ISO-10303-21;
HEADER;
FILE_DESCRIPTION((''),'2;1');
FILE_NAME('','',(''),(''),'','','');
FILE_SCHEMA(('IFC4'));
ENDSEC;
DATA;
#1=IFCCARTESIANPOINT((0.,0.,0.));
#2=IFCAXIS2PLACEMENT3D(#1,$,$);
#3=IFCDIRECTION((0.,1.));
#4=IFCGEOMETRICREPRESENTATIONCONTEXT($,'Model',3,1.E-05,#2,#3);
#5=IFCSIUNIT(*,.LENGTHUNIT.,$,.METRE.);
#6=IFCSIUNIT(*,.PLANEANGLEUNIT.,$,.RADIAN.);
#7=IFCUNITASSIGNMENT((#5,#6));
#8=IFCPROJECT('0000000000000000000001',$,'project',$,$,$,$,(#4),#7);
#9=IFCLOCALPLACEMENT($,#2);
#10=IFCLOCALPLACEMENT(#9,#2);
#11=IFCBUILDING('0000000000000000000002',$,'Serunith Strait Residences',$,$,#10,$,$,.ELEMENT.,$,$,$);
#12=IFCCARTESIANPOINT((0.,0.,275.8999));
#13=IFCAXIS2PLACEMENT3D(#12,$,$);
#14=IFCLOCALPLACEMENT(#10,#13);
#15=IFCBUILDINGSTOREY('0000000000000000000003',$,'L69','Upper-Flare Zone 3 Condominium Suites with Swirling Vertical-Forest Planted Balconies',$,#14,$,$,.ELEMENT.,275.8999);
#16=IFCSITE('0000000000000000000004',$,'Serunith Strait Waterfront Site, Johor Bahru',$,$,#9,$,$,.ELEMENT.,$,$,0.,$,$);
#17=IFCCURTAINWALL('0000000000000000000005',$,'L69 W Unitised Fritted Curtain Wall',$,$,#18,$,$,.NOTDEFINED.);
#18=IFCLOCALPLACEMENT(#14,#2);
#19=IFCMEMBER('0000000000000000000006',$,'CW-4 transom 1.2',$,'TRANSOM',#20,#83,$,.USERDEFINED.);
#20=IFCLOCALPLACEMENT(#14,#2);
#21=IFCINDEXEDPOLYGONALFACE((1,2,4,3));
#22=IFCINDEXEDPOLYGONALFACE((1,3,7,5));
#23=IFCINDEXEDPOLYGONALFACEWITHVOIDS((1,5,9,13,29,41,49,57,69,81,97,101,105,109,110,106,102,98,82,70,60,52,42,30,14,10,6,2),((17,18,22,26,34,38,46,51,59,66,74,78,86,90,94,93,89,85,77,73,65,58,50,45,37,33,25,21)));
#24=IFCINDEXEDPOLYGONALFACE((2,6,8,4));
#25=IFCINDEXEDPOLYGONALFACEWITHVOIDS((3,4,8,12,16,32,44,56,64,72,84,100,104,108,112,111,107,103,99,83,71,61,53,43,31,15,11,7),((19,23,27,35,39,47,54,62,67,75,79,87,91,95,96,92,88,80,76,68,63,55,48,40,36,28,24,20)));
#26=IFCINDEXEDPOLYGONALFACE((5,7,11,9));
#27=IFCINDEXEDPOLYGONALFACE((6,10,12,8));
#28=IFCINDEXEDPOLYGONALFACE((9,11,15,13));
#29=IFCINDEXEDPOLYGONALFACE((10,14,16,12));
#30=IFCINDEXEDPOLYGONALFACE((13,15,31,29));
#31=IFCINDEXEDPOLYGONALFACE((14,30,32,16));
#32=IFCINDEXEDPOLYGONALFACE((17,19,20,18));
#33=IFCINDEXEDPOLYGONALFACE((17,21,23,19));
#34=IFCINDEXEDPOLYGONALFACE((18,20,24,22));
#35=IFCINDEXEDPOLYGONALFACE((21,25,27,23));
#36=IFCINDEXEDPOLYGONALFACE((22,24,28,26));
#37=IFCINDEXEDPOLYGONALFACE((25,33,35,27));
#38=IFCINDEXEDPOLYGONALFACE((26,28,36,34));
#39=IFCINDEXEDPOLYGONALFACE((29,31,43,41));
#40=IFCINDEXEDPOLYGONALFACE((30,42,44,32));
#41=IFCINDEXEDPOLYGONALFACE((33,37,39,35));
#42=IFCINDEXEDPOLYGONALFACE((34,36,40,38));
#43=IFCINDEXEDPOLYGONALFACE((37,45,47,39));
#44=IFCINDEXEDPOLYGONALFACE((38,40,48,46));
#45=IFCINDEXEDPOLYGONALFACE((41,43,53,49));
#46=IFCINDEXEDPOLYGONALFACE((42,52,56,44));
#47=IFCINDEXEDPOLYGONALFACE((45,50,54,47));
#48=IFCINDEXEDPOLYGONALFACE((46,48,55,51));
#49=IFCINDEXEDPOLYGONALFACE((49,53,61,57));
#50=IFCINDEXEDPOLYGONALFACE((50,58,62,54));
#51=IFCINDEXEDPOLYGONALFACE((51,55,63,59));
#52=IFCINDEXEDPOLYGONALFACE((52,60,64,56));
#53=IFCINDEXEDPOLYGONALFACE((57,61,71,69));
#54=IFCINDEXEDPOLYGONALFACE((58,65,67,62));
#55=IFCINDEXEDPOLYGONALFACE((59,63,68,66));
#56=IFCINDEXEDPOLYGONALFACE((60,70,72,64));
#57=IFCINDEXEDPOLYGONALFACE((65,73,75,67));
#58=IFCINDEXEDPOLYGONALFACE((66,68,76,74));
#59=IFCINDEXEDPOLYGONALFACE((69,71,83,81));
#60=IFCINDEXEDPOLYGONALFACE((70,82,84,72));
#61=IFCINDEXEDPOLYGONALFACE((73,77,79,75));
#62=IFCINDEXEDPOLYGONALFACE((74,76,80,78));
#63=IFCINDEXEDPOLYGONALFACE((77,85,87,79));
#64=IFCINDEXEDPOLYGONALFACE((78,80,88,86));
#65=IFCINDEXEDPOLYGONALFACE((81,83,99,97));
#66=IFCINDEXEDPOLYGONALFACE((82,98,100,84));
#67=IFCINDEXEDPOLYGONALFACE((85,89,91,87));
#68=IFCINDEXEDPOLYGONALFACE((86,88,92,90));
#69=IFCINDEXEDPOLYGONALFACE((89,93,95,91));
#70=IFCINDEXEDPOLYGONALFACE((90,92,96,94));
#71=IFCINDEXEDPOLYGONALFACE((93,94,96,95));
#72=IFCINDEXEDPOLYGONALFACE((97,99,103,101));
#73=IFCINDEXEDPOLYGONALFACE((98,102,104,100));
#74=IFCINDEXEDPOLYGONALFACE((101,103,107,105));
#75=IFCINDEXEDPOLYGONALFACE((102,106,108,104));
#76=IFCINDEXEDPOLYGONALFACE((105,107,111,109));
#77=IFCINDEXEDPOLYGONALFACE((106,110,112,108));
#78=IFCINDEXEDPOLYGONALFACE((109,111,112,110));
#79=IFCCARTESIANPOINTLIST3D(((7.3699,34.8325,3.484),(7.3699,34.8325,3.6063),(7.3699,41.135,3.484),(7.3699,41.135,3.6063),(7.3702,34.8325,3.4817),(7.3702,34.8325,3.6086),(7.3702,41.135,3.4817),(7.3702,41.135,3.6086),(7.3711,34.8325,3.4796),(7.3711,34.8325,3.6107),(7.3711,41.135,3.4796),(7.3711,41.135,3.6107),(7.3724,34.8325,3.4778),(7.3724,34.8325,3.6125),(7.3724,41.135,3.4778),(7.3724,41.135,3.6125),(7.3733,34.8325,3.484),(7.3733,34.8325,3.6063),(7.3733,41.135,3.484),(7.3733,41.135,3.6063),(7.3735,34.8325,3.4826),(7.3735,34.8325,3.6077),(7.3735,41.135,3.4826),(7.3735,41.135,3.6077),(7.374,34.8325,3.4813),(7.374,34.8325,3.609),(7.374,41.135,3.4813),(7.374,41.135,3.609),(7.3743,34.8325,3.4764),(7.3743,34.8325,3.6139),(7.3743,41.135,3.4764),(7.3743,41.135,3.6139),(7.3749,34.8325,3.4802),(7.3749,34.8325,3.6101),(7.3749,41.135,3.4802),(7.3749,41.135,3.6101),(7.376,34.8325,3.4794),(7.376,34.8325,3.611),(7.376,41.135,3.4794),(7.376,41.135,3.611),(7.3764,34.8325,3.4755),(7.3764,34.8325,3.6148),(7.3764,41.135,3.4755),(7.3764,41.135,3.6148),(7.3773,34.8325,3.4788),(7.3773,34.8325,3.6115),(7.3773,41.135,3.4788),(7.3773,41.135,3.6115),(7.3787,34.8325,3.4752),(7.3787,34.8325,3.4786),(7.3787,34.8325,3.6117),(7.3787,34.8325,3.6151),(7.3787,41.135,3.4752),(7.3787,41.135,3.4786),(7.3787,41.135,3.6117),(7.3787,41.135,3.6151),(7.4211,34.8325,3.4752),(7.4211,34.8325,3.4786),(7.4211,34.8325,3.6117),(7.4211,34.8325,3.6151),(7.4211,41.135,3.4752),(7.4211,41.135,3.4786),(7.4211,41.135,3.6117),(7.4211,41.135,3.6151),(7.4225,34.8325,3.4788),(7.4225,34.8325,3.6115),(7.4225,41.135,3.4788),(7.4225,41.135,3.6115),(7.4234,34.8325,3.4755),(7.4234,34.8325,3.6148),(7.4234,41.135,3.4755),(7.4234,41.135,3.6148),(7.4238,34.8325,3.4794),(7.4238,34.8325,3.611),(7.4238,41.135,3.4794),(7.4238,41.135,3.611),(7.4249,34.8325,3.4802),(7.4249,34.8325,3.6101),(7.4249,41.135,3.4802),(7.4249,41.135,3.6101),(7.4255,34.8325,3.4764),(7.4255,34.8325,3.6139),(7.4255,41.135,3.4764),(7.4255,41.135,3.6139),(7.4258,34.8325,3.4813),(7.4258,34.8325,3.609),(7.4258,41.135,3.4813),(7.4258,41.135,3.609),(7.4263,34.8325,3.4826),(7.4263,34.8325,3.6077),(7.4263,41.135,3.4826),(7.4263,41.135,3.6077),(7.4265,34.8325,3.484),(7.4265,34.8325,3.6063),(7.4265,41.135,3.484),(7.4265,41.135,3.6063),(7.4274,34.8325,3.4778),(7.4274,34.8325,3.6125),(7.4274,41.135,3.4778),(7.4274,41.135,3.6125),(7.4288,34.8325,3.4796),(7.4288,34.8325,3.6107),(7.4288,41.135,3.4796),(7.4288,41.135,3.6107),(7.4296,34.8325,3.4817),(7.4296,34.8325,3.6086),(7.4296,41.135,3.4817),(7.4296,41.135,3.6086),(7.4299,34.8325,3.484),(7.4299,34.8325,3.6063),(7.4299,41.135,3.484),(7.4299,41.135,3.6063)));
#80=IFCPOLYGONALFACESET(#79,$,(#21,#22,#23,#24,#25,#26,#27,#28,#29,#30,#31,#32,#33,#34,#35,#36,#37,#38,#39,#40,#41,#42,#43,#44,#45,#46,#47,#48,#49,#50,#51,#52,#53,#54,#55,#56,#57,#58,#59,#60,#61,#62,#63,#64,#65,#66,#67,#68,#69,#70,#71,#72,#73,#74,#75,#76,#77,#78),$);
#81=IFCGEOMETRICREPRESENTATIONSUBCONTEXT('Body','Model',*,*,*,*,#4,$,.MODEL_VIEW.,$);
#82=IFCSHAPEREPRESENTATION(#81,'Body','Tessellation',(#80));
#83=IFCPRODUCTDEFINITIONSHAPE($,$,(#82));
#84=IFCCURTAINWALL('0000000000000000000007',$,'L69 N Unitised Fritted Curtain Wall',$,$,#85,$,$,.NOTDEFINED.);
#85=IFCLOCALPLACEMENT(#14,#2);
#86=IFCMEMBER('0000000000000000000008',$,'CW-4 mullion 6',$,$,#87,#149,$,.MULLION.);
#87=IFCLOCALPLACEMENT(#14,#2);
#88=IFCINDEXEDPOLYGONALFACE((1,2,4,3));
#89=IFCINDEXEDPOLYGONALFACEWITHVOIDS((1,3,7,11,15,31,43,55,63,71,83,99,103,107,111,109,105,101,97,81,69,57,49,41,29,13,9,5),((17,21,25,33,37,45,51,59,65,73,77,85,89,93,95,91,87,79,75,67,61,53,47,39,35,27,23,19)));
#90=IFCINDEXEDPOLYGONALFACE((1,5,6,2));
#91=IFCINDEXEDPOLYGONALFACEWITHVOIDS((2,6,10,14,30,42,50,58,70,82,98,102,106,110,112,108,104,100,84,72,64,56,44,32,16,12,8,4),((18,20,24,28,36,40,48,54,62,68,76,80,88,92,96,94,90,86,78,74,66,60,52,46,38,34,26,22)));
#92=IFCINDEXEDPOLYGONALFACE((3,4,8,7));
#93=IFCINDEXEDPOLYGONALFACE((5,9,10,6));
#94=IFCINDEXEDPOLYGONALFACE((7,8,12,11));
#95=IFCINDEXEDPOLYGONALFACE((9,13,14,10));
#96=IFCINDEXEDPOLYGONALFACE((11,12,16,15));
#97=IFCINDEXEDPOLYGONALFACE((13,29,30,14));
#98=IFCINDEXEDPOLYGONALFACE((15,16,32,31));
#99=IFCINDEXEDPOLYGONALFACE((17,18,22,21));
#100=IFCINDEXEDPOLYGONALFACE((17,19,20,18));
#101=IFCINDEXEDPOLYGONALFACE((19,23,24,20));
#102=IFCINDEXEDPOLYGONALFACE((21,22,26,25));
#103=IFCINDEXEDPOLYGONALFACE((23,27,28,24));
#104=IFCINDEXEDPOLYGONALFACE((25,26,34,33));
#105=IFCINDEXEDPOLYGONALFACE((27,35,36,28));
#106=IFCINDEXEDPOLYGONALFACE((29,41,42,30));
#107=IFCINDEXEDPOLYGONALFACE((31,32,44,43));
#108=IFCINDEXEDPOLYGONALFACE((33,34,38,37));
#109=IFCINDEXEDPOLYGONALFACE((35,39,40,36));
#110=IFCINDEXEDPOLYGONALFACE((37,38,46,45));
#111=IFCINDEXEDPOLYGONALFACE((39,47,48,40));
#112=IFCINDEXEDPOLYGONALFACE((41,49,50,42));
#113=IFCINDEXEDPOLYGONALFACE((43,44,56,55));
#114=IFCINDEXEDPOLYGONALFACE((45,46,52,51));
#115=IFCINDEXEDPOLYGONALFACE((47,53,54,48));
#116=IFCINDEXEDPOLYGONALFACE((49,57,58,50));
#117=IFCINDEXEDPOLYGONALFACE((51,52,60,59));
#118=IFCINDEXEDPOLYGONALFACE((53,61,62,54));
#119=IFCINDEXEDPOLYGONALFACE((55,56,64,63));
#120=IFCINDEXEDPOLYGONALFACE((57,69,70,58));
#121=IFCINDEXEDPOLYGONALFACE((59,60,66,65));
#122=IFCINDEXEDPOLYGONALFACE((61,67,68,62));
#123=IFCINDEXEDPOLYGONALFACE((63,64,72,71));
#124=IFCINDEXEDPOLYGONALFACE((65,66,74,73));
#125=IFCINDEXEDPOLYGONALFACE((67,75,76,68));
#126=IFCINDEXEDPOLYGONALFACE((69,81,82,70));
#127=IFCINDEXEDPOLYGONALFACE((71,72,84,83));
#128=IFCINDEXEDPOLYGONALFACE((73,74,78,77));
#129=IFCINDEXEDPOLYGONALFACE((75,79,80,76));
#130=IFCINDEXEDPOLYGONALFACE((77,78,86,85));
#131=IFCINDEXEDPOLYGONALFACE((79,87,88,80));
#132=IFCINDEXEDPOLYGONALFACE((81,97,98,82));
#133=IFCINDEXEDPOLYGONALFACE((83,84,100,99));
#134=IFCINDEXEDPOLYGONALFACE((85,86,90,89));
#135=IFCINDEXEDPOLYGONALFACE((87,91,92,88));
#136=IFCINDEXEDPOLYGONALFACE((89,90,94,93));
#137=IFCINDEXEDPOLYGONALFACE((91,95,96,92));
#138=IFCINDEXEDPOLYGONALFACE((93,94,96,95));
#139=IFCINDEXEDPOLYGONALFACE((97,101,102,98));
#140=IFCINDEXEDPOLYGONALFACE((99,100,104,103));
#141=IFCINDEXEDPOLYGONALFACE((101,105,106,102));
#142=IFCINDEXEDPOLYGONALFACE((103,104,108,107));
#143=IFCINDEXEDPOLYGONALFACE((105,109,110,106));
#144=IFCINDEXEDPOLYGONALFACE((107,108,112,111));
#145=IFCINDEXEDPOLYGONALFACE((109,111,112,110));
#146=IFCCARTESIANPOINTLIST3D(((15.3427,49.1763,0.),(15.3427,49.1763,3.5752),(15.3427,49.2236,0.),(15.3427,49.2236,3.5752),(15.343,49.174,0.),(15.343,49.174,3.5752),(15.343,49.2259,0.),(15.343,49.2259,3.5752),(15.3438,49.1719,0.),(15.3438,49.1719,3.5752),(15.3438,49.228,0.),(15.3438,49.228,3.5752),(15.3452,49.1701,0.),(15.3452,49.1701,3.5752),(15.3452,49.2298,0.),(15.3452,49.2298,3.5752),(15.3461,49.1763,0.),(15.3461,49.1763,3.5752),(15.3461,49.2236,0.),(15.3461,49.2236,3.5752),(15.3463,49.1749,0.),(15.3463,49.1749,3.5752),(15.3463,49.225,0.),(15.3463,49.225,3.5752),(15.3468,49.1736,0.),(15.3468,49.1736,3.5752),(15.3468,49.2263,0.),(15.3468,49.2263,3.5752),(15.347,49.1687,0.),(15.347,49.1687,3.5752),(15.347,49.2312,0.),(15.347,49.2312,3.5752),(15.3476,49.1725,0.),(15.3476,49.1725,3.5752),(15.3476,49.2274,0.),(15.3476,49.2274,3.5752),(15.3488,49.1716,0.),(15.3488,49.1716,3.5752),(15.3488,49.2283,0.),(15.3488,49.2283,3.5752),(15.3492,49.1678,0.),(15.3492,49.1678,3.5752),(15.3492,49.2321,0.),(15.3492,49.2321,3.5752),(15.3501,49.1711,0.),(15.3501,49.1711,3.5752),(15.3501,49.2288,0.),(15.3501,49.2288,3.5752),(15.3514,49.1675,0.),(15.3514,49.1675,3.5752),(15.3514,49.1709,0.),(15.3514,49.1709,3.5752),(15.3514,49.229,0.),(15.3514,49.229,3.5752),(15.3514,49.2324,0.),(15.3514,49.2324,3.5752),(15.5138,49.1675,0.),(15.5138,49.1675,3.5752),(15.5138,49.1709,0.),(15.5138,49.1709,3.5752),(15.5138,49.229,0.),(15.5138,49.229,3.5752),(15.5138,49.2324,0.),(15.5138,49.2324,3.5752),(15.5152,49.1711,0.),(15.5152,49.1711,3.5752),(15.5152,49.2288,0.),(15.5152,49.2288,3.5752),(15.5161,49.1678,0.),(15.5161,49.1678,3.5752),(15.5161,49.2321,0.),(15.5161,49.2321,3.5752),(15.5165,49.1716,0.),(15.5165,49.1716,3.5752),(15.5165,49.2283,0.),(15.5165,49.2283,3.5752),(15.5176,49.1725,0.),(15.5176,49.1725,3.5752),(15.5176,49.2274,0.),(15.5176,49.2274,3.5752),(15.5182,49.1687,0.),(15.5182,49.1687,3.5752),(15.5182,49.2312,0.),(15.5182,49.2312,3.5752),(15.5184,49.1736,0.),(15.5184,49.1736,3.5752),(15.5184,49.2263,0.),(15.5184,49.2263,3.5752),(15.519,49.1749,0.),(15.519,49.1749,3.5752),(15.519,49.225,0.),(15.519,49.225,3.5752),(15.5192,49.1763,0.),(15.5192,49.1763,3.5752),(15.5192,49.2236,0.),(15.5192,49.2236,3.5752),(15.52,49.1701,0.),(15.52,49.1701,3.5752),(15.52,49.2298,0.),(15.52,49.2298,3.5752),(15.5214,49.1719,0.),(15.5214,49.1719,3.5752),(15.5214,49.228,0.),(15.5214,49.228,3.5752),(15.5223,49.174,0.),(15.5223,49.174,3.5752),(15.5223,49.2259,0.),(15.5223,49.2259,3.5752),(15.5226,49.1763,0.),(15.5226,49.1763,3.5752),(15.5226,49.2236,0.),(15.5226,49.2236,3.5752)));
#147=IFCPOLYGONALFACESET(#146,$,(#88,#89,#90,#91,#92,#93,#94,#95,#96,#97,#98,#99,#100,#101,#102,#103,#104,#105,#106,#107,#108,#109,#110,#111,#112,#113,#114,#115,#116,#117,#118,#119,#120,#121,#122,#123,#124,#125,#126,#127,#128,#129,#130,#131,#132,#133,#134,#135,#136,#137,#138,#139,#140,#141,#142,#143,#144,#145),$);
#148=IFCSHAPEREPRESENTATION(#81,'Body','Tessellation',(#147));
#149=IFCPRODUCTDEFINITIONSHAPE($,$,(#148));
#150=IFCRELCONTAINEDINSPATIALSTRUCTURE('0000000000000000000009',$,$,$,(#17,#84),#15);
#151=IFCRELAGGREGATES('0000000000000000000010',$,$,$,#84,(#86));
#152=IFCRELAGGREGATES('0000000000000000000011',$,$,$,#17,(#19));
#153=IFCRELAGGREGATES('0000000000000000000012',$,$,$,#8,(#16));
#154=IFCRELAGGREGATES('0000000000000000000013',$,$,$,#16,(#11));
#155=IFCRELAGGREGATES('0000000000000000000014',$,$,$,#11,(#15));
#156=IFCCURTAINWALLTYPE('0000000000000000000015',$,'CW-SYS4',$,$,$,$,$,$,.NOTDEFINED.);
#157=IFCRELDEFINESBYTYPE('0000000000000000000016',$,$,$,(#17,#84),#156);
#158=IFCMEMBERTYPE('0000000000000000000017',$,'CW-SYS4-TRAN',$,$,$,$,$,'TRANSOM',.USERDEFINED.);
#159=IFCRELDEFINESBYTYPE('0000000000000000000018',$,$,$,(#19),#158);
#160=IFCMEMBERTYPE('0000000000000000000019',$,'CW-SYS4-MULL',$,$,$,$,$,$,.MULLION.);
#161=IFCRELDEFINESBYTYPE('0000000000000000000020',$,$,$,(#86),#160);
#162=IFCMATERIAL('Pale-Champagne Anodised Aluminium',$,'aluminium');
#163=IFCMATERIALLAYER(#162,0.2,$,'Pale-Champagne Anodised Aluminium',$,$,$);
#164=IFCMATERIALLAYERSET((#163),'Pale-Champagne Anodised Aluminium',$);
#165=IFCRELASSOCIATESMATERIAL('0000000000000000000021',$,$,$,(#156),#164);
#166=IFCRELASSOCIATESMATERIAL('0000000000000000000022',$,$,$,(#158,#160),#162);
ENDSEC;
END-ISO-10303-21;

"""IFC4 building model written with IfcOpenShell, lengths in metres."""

from ifc_helpers import new_model, si_unit, direction, frame, origin, origin_2d, place, context, subcontext, project, spatial, hollow_rectangle, extrude, source, transform, mapped, material, layer, layer_set, material_profile, profile_set, type_object, element, aggregate, save


model = new_model("IFC4")

# Units and contexts
model_context = context("Model", 3, precision=1e-05, world=origin(), true_north=direction((0.0, 1.0)))
body_context = subcontext(model_context, "Body", "Model", "MODEL_VIEW")
ifc_project = project(units=[si_unit("LENGTHUNIT", "METRE"), si_unit("PLANEANGLEUNIT", "RADIAN")], contexts=[model_context])

# Site, building, storey
site_placement = place(None, origin())
site = spatial("IfcSite", under=ifc_project, at=site_placement, Name="Serunith Strait Waterfront Site, Johor Bahru", CompositionType="ELEMENT", RefElevation=0.0)
building_placement = place(site_placement, origin())
building = spatial("IfcBuilding", under=site, at=building_placement, Name="Serunith Strait Residences", CompositionType="ELEMENT")
storey_placement = place(building_placement, frame((0.0, 0.0, 275.8999)))
storey = spatial("IfcBuildingStorey", under=building, at=storey_placement, Name="L69", Description="Upper-Flare Zone 3 Condominium Suites with Swirling Vertical-Forest Planted Balconies", CompositionType="ELEMENT", Elevation=275.8999)

# Curtain wall, member
ifc_material_1 = material(Name="Pale-Champagne Anodised Aluminium", Category="aluminium")
ifc_layer_1 = layer(ifc_material_1, 0.2, Name="Pale-Champagne Anodised Aluminium")
ifc_layer_set_1 = layer_set([ifc_layer_1], Name="Pale-Champagne Anodised Aluminium")
curtain_wall_type = type_object("IfcCurtainWallType", Name="CW-SYS4", PredefinedType="NOTDEFINED", material=ifc_layer_set_1)
curtain_wall_1_placement = place(storey_placement, origin())
curtain_wall_1 = element("IfcCurtainWall", 1, at=curtain_wall_1_placement, inside=storey, type_object=curtain_wall_type, Name="L69 W Unitised Fritted Curtain Wall", PredefinedType="NOTDEFINED")
ifc_material_profile_1 = material_profile(ifc_material_1, hollow_rectangle(XDim=0.0601, YDim=0.1399, WallThickness=0.0034, InnerFilletRadius=0.0054, OuterFilletRadius=0.0088, at=origin_2d()), Name="ALU 140x60x3.5")
ifc_profile_set_1 = profile_set([ifc_material_profile_1], Name="Pale-Champagne Anodised Aluminium")
member_type_1 = type_object("IfcMemberType", Name="CW-SYS4-TRAN", ElementType="TRANSOM", PredefinedType="USERDEFINED", material=ifc_profile_set_1)
shared_shape_1 = source(origin(), body_context, "Body", "SweptSolid", [
    extrude(hollow_rectangle(XDim=0.0601, YDim=0.1399, WallThickness=0.0034, InnerFilletRadius=0.0054, OuterFilletRadius=0.0088, at=origin_2d()), origin(), (0.0, 0.0, 1.0), 6.3025),
])
member_1_placement = place(storey_placement, frame((7.3999, 41.135, 3.5452), z_axis=(0.0, -1.0, 0.0), x_axis=(1.0, 0.0, 0.0)))
member_1 = element("IfcMember", 2, at=member_1_placement, type_object=member_type_1, Name="CW-4 transom 1.2", ObjectType="TRANSOM", PredefinedType="USERDEFINED", context=body_context, shape_type="MappedRepresentation", body=[
    mapped(shared_shape_1, transform((0.0, 0.0, 0.0), scale=1.0)),
])

# Curtain wall, member
curtain_wall_2_placement = place(storey_placement, origin())
curtain_wall_2 = element("IfcCurtainWall", 3, at=curtain_wall_2_placement, inside=storey, type_object=curtain_wall_type, Name="L69 N Unitised Fritted Curtain Wall", PredefinedType="NOTDEFINED")
ifc_material_profile_2 = material_profile(ifc_material_1, hollow_rectangle(XDim=0.0649, YDim=0.1799, WallThickness=0.0034, InnerFilletRadius=0.0054, OuterFilletRadius=0.0088, at=origin_2d()), Name="ALU 180x65x3.5")
ifc_profile_set_2 = profile_set([ifc_material_profile_2], Name="Pale-Champagne Anodised Aluminium")
member_type_2 = type_object("IfcMemberType", Name="CW-SYS4-MULL", PredefinedType="MULLION", material=ifc_profile_set_2)
shared_shape_2 = source(origin(), body_context, "Body", "SweptSolid", [
    extrude(hollow_rectangle(XDim=0.0649, YDim=0.1799, WallThickness=0.0034, InnerFilletRadius=0.0054, OuterFilletRadius=0.0088, at=origin_2d()), origin(), (0.0, 0.0, 1.0), 3.5752),
])
member_2_placement = place(storey_placement, frame((15.4326, 49.2, 0.0), z_axis=(0.0, 0.0, 1.0), x_axis=(0.0, -1.0, 0.0)))
member_2 = element("IfcMember", 4, at=member_2_placement, type_object=member_type_2, Name="CW-4 mullion 6", PredefinedType="MULLION", context=body_context, shape_type="MappedRepresentation", body=[
    mapped(shared_shape_2, transform((0.0, 0.0, 0.0), scale=1.0)),
])
aggregate(curtain_wall_2, [member_2])

aggregate(curtain_wall_1, [member_1])

save(model, "model.ifc")
